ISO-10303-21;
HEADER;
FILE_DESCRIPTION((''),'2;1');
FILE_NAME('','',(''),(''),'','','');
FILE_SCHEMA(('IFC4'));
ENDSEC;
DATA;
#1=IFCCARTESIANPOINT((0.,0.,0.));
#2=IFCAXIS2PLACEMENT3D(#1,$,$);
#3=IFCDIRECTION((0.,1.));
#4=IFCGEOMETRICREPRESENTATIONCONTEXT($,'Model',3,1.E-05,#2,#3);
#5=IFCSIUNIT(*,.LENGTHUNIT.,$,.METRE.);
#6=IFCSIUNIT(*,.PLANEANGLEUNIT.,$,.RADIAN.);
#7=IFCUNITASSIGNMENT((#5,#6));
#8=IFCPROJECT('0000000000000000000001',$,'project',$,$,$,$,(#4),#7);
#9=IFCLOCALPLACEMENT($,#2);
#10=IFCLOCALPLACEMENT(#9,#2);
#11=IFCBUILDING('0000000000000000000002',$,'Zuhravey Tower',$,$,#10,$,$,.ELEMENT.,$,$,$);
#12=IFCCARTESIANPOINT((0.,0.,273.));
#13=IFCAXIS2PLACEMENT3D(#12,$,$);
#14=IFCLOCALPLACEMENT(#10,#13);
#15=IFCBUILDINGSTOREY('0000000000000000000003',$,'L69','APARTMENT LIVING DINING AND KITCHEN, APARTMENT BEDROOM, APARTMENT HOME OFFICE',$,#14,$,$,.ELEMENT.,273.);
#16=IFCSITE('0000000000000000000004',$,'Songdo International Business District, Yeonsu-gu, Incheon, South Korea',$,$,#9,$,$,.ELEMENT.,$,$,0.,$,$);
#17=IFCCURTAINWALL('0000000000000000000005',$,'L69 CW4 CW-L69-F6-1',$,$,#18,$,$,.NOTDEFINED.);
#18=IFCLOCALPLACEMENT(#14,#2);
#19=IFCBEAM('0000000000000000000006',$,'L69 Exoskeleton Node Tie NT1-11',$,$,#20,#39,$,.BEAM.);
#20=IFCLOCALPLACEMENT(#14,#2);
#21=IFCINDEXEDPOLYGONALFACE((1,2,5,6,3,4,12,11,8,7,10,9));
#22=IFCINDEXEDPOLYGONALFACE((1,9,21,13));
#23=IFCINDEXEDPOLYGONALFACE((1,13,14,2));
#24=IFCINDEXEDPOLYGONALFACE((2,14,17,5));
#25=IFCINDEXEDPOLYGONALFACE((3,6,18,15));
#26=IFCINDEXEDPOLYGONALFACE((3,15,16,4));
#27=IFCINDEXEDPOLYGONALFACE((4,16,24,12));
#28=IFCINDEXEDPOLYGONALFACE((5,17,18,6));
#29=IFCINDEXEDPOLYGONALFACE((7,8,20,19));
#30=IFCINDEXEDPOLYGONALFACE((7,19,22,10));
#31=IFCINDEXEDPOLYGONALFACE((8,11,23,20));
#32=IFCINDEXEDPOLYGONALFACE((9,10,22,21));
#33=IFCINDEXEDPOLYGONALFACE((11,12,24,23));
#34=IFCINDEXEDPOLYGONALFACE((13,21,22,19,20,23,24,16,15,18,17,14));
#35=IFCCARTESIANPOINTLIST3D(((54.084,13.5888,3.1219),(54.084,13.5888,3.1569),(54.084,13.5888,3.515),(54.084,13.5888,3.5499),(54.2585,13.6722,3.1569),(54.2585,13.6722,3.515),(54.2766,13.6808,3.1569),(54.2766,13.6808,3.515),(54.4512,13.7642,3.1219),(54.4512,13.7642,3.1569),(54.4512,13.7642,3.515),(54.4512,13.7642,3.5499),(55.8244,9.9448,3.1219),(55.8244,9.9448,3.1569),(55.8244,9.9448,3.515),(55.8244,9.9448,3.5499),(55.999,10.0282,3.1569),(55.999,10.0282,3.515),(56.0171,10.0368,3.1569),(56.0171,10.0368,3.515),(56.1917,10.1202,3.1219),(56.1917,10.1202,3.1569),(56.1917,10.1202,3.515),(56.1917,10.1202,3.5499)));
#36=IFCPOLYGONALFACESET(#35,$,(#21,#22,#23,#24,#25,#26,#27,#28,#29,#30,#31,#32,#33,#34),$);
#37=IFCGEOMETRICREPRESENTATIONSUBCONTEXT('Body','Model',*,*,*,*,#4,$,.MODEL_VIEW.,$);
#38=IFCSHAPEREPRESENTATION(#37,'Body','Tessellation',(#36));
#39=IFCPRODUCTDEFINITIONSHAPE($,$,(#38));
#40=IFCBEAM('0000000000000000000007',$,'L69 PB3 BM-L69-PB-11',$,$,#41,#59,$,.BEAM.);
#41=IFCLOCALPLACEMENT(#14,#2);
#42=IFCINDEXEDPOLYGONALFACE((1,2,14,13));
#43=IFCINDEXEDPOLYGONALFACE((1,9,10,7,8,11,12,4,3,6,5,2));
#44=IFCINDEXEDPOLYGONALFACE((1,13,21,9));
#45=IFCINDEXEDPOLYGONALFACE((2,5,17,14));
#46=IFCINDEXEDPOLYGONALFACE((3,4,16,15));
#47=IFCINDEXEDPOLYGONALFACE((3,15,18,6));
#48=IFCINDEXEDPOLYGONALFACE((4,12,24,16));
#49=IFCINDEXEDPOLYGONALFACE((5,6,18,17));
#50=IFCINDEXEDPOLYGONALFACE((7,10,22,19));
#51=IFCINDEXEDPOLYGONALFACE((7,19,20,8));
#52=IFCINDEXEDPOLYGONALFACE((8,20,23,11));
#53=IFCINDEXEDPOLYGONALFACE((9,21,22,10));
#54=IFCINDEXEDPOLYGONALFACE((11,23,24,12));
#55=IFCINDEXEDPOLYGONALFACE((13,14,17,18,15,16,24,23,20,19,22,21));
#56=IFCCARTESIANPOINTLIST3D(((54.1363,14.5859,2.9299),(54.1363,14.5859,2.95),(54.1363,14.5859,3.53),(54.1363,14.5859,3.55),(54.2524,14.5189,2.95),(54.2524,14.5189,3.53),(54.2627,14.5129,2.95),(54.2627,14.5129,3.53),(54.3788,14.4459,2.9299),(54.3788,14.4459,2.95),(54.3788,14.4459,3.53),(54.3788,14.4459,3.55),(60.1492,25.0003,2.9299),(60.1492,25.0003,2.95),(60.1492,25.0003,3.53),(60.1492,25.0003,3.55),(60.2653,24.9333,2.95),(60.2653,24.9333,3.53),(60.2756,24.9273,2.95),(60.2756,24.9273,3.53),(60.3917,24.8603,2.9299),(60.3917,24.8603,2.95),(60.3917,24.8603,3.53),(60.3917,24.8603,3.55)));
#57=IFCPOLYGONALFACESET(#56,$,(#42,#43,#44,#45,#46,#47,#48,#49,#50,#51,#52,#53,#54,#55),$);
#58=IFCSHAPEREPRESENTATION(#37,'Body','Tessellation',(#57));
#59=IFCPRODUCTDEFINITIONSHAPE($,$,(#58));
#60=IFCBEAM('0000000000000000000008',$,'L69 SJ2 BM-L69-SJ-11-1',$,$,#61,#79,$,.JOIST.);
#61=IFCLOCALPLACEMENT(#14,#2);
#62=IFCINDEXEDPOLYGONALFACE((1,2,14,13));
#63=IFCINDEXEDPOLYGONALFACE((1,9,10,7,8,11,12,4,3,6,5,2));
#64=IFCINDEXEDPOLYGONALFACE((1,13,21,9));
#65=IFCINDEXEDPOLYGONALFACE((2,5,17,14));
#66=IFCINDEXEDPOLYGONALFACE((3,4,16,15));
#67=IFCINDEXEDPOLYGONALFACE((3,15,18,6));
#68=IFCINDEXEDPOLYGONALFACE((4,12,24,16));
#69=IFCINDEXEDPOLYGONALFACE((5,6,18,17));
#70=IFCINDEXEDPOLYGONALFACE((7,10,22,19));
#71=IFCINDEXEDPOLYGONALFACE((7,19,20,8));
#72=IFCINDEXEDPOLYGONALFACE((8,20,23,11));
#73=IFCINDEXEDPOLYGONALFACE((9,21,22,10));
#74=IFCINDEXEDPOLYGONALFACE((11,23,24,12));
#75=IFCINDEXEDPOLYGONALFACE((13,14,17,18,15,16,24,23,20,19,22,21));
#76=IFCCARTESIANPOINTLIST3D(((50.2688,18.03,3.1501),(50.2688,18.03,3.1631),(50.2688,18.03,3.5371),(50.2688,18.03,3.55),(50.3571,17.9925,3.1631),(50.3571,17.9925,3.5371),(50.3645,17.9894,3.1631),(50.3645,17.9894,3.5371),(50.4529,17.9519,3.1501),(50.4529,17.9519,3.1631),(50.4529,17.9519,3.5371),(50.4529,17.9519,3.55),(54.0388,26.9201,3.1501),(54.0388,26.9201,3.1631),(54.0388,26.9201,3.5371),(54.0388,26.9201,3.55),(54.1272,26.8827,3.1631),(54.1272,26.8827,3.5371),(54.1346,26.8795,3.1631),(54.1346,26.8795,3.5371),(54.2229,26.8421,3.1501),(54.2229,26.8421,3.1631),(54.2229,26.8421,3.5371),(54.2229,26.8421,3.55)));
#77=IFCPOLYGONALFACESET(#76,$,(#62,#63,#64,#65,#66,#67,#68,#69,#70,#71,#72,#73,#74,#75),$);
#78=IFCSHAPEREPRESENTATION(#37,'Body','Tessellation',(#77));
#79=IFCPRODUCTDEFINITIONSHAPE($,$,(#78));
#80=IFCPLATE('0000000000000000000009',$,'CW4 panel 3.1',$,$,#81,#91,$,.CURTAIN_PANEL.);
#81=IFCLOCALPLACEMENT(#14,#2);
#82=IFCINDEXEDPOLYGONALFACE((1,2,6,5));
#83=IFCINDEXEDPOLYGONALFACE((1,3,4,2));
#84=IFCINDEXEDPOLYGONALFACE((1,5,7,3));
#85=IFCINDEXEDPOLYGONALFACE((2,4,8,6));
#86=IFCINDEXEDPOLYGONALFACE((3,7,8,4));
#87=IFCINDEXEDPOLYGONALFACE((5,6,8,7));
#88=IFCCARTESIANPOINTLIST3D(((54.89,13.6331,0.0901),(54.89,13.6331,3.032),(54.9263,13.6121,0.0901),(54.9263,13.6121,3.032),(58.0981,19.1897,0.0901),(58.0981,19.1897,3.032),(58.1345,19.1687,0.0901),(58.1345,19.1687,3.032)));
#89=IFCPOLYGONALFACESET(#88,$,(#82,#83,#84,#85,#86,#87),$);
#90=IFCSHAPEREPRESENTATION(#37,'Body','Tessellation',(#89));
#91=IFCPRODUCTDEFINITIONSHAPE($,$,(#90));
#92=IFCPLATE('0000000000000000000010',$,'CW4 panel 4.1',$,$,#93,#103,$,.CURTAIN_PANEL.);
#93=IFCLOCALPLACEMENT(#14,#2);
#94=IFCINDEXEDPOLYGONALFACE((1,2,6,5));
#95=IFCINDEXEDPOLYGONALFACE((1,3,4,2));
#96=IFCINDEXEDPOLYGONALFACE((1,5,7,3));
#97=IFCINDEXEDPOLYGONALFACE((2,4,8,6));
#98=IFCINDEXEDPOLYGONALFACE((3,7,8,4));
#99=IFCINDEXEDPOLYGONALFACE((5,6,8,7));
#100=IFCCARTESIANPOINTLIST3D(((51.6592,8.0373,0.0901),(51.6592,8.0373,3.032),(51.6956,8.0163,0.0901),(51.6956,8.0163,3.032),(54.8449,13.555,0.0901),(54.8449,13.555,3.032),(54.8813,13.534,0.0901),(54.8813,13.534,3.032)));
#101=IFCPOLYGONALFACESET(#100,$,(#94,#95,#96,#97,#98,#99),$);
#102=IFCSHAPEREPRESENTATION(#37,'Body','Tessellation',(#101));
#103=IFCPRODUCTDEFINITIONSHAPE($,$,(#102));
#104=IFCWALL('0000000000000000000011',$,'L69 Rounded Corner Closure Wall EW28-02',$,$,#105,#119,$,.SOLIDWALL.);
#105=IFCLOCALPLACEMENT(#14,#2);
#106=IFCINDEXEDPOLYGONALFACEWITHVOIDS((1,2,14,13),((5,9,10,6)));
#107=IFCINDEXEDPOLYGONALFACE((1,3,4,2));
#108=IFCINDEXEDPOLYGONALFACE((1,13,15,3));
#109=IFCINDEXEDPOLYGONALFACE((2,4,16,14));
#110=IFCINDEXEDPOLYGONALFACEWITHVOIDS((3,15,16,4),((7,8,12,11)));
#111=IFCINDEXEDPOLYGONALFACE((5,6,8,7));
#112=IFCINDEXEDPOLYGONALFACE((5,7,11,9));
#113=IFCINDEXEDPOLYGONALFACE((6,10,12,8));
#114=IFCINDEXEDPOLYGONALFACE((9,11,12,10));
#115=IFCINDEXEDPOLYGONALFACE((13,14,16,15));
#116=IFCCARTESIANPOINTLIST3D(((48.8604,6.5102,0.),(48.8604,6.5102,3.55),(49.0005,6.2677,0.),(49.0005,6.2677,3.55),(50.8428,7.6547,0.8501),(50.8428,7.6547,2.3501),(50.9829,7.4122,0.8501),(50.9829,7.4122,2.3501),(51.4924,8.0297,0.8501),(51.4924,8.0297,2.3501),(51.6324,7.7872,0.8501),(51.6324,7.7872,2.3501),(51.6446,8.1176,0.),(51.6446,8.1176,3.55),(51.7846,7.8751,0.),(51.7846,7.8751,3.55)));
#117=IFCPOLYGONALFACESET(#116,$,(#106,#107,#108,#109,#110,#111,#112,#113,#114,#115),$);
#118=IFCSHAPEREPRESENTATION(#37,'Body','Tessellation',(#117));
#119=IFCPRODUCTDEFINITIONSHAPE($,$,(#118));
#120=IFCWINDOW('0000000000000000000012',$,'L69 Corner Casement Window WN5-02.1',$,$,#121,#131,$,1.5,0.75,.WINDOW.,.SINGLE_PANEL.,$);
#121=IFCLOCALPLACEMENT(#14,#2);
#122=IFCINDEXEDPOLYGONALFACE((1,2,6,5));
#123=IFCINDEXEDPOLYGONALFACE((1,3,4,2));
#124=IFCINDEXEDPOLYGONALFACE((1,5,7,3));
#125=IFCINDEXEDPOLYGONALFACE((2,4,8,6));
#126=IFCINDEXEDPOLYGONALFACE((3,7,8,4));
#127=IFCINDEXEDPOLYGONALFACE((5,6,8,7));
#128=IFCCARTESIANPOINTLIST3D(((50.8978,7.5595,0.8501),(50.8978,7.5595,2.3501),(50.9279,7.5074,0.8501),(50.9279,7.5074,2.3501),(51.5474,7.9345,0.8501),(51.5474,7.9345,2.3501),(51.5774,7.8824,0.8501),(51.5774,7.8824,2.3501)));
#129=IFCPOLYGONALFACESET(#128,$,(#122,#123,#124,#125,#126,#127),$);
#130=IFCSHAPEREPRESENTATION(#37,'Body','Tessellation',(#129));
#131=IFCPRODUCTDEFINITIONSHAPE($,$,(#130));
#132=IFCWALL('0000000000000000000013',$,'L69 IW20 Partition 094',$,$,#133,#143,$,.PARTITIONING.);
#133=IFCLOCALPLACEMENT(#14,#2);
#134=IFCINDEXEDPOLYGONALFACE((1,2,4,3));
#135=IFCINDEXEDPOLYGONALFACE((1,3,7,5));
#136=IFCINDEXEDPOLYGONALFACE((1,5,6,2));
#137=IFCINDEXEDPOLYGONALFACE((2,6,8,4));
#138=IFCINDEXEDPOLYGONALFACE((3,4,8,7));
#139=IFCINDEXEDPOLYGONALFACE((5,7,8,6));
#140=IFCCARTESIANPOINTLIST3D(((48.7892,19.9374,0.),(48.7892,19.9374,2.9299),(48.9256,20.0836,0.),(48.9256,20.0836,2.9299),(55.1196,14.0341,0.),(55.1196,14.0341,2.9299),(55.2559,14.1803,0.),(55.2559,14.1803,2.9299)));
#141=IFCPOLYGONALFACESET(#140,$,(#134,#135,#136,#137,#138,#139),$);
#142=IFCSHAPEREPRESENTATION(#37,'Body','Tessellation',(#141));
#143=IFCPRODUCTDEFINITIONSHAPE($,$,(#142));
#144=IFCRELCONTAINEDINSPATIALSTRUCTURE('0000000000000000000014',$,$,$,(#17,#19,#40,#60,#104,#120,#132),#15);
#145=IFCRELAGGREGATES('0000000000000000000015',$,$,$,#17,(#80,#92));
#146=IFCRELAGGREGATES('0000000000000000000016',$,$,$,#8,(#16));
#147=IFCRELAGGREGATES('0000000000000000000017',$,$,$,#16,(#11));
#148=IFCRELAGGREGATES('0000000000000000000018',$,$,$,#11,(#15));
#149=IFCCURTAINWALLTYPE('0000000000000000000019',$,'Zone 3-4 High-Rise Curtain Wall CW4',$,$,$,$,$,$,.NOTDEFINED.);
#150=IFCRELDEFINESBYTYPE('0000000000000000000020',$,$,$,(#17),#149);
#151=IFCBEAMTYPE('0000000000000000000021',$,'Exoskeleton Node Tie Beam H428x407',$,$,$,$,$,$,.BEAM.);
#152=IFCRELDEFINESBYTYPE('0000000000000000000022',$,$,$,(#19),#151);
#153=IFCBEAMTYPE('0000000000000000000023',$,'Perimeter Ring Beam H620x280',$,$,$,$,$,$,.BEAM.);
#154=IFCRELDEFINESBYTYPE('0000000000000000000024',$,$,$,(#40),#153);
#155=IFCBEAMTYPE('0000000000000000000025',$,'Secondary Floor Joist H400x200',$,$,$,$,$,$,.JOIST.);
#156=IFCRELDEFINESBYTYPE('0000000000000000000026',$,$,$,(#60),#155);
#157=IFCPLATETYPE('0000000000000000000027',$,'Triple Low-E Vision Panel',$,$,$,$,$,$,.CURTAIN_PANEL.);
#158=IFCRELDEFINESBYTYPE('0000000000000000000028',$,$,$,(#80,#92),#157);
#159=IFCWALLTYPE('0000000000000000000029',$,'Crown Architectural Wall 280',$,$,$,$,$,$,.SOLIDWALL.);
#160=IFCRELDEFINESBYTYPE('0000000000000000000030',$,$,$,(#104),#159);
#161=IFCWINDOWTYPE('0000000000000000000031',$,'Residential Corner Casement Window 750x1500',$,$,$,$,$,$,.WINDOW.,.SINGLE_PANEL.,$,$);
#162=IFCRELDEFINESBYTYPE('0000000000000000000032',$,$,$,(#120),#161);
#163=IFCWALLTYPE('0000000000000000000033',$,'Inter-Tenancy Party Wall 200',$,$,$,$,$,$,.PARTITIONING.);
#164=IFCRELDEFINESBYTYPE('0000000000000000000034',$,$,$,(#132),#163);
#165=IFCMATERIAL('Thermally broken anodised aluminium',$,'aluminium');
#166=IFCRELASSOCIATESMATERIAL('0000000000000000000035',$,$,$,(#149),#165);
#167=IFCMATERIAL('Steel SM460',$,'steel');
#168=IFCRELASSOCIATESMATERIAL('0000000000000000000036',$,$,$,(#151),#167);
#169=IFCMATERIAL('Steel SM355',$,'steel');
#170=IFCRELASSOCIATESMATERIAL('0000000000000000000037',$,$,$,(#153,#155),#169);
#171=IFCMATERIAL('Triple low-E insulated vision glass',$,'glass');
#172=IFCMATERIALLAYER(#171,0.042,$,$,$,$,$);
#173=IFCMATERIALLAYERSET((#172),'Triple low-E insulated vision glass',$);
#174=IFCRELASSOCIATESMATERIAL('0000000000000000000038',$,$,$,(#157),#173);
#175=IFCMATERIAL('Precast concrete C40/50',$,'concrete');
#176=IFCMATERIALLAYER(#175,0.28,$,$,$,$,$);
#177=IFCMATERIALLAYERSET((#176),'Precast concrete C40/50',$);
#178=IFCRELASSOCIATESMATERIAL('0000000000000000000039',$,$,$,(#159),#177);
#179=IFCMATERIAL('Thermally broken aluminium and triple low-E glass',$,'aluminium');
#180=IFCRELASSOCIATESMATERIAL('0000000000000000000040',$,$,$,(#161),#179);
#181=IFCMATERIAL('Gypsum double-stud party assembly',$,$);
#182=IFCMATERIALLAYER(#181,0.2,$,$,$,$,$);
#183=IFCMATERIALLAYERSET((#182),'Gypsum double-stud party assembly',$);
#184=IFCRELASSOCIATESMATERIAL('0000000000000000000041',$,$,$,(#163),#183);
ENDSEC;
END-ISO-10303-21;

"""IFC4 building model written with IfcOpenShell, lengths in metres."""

from ifc_helpers import new_model, si_unit, direction, frame, frame_2d, origin, origin_2d, place, context, subcontext, project, spatial, rectangle, i_section, extrude, material, layer, layer_set, material_profile, profile_set, type_object, element, fill, aggregate, save


model = new_model("IFC4")

# Units and contexts
model_context = context("Model", 3, precision=1e-05, world=origin(), true_north=direction((0.0, 1.0)))
body_context = subcontext(model_context, "Body", "Model", "MODEL_VIEW")
ifc_project = project(units=[si_unit("LENGTHUNIT", "METRE"), si_unit("PLANEANGLEUNIT", "RADIAN")], contexts=[model_context])

# Site, building, storey
site_placement = place(None, origin())
site = spatial("IfcSite", under=ifc_project, at=site_placement, Name="Songdo International Business District, Yeonsu-gu, Incheon, South Korea", CompositionType="ELEMENT", RefElevation=0.0)
building_placement = place(site_placement, origin())
building = spatial("IfcBuilding", under=site, at=building_placement, Name="Zuhravey Tower", CompositionType="ELEMENT")
storey_placement = place(building_placement, frame((0.0, 0.0, 273.0)))
storey = spatial("IfcBuildingStorey", under=building, at=storey_placement, Name="L69", Description="APARTMENT LIVING DINING AND KITCHEN, APARTMENT BEDROOM, APARTMENT HOME OFFICE", CompositionType="ELEMENT", Elevation=273.0)

# Curtain wall
ifc_material_1 = material(Name="Thermally broken anodised aluminium", Category="aluminium")
curtain_wall_type = type_object("IfcCurtainWallType", Name="Zone 3-4 High-Rise Curtain Wall CW4", PredefinedType="NOTDEFINED", material=ifc_material_1)
curtain_wall_1_placement = place(storey_placement, origin())
curtain_wall_1 = element("IfcCurtainWall", 1, at=curtain_wall_1_placement, inside=storey, type_object=curtain_wall_type, Name="L69 CW4 CW-L69-F6-1", PredefinedType="NOTDEFINED")

# Beams
ifc_material_2 = material(Name="Steel SM460", Category="steel")
ifc_material_profile_1 = material_profile(ifc_material_2, i_section(OverallWidth=0.407, OverallDepth=0.428, WebThickness=0.02, FlangeThickness=0.0349, at=origin_2d()), Name="H-428x407x20x35")
ifc_profile_set_1 = profile_set([ifc_material_profile_1], Name="Steel SM460")
beam_type_1 = type_object("IfcBeamType", Name="Exoskeleton Node Tie Beam H428x407", PredefinedType="BEAM", material=ifc_profile_set_1)
beam_1_placement = place(storey_placement, frame((54.2676, 13.6765, 3.3359), z_axis=(0.430987, -0.902358, 0.0), x_axis=(0.902358, 0.430987, 0.0)))
element("IfcBeam", 2, at=beam_1_placement, inside=storey, type_object=beam_type_1, Name="L69 Exoskeleton Node Tie NT1-11", PredefinedType="BEAM", context=body_context, shape_type="SweptSolid", body=[
    extrude(i_section(OverallWidth=0.407, OverallDepth=0.428, WebThickness=0.02, FlangeThickness=0.0349, at=origin_2d()), origin(), (0.0, 0.0, 1.0), 4.0383),
])
ifc_material_3 = material(Name="Steel SM355", Category="steel")
ifc_material_profile_2 = material_profile(ifc_material_3, i_section(OverallWidth=0.28, OverallDepth=0.6201, WebThickness=0.012, FlangeThickness=0.02, at=origin_2d()), Name="H-620x280x12x20")
ifc_profile_set_2 = profile_set([ifc_material_profile_2], Name="Steel SM355")
beam_type_2 = type_object("IfcBeamType", Name="Perimeter Ring Beam H620x280", PredefinedType="BEAM", material=ifc_profile_set_2)
beam_2_placement = place(storey_placement, frame((54.2576, 14.5159, 3.24), z_axis=(0.500006, 0.866022, 0.0), x_axis=(-0.866022, 0.500006, 0.0)))
element("IfcBeam", 3, at=beam_2_placement, inside=storey, type_object=beam_type_2, Name="L69 PB3 BM-L69-PB-11", PredefinedType="BEAM", context=body_context, shape_type="SweptSolid", body=[
    extrude(i_section(OverallWidth=0.28, OverallDepth=0.6201, WebThickness=0.012, FlangeThickness=0.02, at=origin_2d()), origin(), (0.0, 0.0, 1.0), 12.0256),
])
ifc_material_profile_3 = material_profile(ifc_material_3, i_section(OverallWidth=0.2, OverallDepth=0.3999, WebThickness=0.0081, FlangeThickness=0.0129, at=origin_2d()), Name="H-400x200x8x13")
ifc_profile_set_3 = profile_set([ifc_material_profile_3], Name="Steel SM355")
beam_type_3 = type_object("IfcBeamType", Name="Secondary Floor Joist H400x200", PredefinedType="JOIST", material=ifc_profile_set_3)
beam_3_placement = place(storey_placement, frame((50.3608, 17.991, 3.3501), z_axis=(0.390413, 0.92064, 0.0), x_axis=(-0.92064, 0.390413, 0.0)))
element("IfcBeam", 4, at=beam_3_placement, inside=storey, type_object=beam_type_3, Name="L69 SJ2 BM-L69-SJ-11-1", PredefinedType="JOIST", context=body_context, shape_type="SweptSolid", body=[
    extrude(i_section(OverallWidth=0.2, OverallDepth=0.3999, WebThickness=0.0081, FlangeThickness=0.0129, at=origin_2d()), origin(), (0.0, 0.0, 1.0), 9.6565),
])

# Plates
ifc_material_4 = material(Name="Triple low-E insulated vision glass", Category="glass")
ifc_layer_1 = layer(ifc_material_4, 0.042)
ifc_layer_set_1 = layer_set([ifc_layer_1], Name="Triple low-E insulated vision glass")
plate_type = type_object("IfcPlateType", Name="Triple Low-E Vision Panel", PredefinedType="CURTAIN_PANEL", material=ifc_layer_set_1)
plate_1_placement = place(storey_placement, frame((56.5122, 16.4009, 0.0901), z_axis=(0.0, 0.0, 1.0), x_axis=(-0.500001, -0.866025, 0.0)))
plate_1 = element("IfcPlate", 5, at=plate_1_placement, type_object=plate_type, Name="CW4 panel 3.1", PredefinedType="CURTAIN_PANEL", context=body_context, shape_type="SweptSolid", body=[
    extrude(rectangle(XDim=6.4163, YDim=0.042, at=origin_2d()), origin(), (0.0, 0.0, 1.0), 2.9419),
])
plate_2_placement = place(storey_placement, frame((53.2703, 10.7856, 0.0901), z_axis=(0.0, 0.0, 1.0), x_axis=(-0.500001, -0.866025, 0.0)))
plate_2 = element("IfcPlate", 6, at=plate_2_placement, type_object=plate_type, Name="CW4 panel 4.1", PredefinedType="CURTAIN_PANEL", context=body_context, shape_type="SweptSolid", body=[
    extrude(rectangle(XDim=6.3713, YDim=0.042, at=origin_2d()), origin(), (0.0, 0.0, 1.0), 2.9419),
])
aggregate(curtain_wall_1, [plate_1, plate_2])

# Wall, opening, window
ifc_material_5 = material(Name="Precast concrete C40/50", Category="concrete")
ifc_layer_2 = layer(ifc_material_5, 0.28)
ifc_layer_set_2 = layer_set([ifc_layer_2], Name="Precast concrete C40/50")
wall_type_1 = type_object("IfcWallType", Name="Crown Architectural Wall 280", PredefinedType="SOLIDWALL", material=ifc_layer_set_2)
wall_1_placement = place(storey_placement, frame((51.7146, 7.9963, 0.0), z_axis=(0.0, 0.0, 1.0), x_axis=(-0.866029, -0.499994, 0.0)))
wall_1 = element("IfcWall", 7, at=wall_1_placement, inside=storey, type_object=wall_type_1, Name="L69 Rounded Corner Closure Wall EW28-02", PredefinedType="SOLIDWALL", context=body_context, shape_type="SweptSolid", body=[
    extrude(rectangle(XDim=3.2148, YDim=0.28, at=frame_2d((1.6074, 0.0))), origin(), (0.0, 0.0, 1.0), 3.55),
])
opening_1_placement = place(wall_1_placement, frame((0.1758, 0.0, 0.8501)))
opening_1 = element("IfcOpeningElement", 8, at=opening_1_placement, cuts=wall_1, PredefinedType="OPENING", context=body_context, shape_type="SweptSolid", body=[
    extrude(rectangle(XDim=0.75, YDim=1.5, at=frame_2d((0.375, 0.75))), frame((0.0, 0.1521, 0.0), z_axis=(0.0, -1.0, 0.0), x_axis=(1.0, 0.0, 0.0)), (0.0, 0.0, 1.0), 0.304),
])
ifc_material_6 = material(Name="Thermally broken aluminium and triple low-E glass", Category="aluminium")
window_type = type_object("IfcWindowType", Name="Residential Corner Casement Window 750x1500", PartitioningType="SINGLE_PANEL", PredefinedType="WINDOW", material=ifc_material_6)
window_placement = place(opening_1_placement, origin())
window = element("IfcWindow", 9, at=window_placement, inside=storey, type_object=window_type, Name="L69 Corner Casement Window WN5-02.1", OverallHeight=1.5, OverallWidth=0.75, PartitioningType="SINGLE_PANEL", PredefinedType="WINDOW", context=body_context, shape_type="SweptSolid", body=[
    extrude(rectangle(XDim=0.75, YDim=1.5, at=frame_2d((0.375, 0.75))), frame((0.0, 0.03, 0.0), z_axis=(0.0, -1.0, 0.0), x_axis=(1.0, 0.0, 0.0)), (0.0, 0.0, 1.0), 0.0601),
])
fill(opening_1, window)

# Wall
ifc_material_7 = material(Name="Gypsum double-stud party assembly")
ifc_layer_3 = layer(ifc_material_7, 0.2)
ifc_layer_set_3 = layer_set([ifc_layer_3], Name="Gypsum double-stud party assembly")
wall_type_2 = type_object("IfcWallType", Name="Inter-Tenancy Party Wall 200", PredefinedType="PARTITIONING", material=ifc_layer_set_3)
wall_2_placement = place(storey_placement, frame((48.8574, 20.0105, 0.0), z_axis=(0.0, 0.0, 1.0), x_axis=(0.731342, -0.682011, 0.0)))
element("IfcWall", 10, at=wall_2_placement, inside=storey, type_object=wall_type_2, Name="L69 IW20 Partition 094", PredefinedType="PARTITIONING", context=body_context, shape_type="SweptSolid", body=[
    extrude(rectangle(XDim=8.6558, YDim=0.2, at=frame_2d((4.3279, 0.0))), origin(), (0.0, 0.0, 1.0), 2.9299),
])

save(model, "model.ifc")
